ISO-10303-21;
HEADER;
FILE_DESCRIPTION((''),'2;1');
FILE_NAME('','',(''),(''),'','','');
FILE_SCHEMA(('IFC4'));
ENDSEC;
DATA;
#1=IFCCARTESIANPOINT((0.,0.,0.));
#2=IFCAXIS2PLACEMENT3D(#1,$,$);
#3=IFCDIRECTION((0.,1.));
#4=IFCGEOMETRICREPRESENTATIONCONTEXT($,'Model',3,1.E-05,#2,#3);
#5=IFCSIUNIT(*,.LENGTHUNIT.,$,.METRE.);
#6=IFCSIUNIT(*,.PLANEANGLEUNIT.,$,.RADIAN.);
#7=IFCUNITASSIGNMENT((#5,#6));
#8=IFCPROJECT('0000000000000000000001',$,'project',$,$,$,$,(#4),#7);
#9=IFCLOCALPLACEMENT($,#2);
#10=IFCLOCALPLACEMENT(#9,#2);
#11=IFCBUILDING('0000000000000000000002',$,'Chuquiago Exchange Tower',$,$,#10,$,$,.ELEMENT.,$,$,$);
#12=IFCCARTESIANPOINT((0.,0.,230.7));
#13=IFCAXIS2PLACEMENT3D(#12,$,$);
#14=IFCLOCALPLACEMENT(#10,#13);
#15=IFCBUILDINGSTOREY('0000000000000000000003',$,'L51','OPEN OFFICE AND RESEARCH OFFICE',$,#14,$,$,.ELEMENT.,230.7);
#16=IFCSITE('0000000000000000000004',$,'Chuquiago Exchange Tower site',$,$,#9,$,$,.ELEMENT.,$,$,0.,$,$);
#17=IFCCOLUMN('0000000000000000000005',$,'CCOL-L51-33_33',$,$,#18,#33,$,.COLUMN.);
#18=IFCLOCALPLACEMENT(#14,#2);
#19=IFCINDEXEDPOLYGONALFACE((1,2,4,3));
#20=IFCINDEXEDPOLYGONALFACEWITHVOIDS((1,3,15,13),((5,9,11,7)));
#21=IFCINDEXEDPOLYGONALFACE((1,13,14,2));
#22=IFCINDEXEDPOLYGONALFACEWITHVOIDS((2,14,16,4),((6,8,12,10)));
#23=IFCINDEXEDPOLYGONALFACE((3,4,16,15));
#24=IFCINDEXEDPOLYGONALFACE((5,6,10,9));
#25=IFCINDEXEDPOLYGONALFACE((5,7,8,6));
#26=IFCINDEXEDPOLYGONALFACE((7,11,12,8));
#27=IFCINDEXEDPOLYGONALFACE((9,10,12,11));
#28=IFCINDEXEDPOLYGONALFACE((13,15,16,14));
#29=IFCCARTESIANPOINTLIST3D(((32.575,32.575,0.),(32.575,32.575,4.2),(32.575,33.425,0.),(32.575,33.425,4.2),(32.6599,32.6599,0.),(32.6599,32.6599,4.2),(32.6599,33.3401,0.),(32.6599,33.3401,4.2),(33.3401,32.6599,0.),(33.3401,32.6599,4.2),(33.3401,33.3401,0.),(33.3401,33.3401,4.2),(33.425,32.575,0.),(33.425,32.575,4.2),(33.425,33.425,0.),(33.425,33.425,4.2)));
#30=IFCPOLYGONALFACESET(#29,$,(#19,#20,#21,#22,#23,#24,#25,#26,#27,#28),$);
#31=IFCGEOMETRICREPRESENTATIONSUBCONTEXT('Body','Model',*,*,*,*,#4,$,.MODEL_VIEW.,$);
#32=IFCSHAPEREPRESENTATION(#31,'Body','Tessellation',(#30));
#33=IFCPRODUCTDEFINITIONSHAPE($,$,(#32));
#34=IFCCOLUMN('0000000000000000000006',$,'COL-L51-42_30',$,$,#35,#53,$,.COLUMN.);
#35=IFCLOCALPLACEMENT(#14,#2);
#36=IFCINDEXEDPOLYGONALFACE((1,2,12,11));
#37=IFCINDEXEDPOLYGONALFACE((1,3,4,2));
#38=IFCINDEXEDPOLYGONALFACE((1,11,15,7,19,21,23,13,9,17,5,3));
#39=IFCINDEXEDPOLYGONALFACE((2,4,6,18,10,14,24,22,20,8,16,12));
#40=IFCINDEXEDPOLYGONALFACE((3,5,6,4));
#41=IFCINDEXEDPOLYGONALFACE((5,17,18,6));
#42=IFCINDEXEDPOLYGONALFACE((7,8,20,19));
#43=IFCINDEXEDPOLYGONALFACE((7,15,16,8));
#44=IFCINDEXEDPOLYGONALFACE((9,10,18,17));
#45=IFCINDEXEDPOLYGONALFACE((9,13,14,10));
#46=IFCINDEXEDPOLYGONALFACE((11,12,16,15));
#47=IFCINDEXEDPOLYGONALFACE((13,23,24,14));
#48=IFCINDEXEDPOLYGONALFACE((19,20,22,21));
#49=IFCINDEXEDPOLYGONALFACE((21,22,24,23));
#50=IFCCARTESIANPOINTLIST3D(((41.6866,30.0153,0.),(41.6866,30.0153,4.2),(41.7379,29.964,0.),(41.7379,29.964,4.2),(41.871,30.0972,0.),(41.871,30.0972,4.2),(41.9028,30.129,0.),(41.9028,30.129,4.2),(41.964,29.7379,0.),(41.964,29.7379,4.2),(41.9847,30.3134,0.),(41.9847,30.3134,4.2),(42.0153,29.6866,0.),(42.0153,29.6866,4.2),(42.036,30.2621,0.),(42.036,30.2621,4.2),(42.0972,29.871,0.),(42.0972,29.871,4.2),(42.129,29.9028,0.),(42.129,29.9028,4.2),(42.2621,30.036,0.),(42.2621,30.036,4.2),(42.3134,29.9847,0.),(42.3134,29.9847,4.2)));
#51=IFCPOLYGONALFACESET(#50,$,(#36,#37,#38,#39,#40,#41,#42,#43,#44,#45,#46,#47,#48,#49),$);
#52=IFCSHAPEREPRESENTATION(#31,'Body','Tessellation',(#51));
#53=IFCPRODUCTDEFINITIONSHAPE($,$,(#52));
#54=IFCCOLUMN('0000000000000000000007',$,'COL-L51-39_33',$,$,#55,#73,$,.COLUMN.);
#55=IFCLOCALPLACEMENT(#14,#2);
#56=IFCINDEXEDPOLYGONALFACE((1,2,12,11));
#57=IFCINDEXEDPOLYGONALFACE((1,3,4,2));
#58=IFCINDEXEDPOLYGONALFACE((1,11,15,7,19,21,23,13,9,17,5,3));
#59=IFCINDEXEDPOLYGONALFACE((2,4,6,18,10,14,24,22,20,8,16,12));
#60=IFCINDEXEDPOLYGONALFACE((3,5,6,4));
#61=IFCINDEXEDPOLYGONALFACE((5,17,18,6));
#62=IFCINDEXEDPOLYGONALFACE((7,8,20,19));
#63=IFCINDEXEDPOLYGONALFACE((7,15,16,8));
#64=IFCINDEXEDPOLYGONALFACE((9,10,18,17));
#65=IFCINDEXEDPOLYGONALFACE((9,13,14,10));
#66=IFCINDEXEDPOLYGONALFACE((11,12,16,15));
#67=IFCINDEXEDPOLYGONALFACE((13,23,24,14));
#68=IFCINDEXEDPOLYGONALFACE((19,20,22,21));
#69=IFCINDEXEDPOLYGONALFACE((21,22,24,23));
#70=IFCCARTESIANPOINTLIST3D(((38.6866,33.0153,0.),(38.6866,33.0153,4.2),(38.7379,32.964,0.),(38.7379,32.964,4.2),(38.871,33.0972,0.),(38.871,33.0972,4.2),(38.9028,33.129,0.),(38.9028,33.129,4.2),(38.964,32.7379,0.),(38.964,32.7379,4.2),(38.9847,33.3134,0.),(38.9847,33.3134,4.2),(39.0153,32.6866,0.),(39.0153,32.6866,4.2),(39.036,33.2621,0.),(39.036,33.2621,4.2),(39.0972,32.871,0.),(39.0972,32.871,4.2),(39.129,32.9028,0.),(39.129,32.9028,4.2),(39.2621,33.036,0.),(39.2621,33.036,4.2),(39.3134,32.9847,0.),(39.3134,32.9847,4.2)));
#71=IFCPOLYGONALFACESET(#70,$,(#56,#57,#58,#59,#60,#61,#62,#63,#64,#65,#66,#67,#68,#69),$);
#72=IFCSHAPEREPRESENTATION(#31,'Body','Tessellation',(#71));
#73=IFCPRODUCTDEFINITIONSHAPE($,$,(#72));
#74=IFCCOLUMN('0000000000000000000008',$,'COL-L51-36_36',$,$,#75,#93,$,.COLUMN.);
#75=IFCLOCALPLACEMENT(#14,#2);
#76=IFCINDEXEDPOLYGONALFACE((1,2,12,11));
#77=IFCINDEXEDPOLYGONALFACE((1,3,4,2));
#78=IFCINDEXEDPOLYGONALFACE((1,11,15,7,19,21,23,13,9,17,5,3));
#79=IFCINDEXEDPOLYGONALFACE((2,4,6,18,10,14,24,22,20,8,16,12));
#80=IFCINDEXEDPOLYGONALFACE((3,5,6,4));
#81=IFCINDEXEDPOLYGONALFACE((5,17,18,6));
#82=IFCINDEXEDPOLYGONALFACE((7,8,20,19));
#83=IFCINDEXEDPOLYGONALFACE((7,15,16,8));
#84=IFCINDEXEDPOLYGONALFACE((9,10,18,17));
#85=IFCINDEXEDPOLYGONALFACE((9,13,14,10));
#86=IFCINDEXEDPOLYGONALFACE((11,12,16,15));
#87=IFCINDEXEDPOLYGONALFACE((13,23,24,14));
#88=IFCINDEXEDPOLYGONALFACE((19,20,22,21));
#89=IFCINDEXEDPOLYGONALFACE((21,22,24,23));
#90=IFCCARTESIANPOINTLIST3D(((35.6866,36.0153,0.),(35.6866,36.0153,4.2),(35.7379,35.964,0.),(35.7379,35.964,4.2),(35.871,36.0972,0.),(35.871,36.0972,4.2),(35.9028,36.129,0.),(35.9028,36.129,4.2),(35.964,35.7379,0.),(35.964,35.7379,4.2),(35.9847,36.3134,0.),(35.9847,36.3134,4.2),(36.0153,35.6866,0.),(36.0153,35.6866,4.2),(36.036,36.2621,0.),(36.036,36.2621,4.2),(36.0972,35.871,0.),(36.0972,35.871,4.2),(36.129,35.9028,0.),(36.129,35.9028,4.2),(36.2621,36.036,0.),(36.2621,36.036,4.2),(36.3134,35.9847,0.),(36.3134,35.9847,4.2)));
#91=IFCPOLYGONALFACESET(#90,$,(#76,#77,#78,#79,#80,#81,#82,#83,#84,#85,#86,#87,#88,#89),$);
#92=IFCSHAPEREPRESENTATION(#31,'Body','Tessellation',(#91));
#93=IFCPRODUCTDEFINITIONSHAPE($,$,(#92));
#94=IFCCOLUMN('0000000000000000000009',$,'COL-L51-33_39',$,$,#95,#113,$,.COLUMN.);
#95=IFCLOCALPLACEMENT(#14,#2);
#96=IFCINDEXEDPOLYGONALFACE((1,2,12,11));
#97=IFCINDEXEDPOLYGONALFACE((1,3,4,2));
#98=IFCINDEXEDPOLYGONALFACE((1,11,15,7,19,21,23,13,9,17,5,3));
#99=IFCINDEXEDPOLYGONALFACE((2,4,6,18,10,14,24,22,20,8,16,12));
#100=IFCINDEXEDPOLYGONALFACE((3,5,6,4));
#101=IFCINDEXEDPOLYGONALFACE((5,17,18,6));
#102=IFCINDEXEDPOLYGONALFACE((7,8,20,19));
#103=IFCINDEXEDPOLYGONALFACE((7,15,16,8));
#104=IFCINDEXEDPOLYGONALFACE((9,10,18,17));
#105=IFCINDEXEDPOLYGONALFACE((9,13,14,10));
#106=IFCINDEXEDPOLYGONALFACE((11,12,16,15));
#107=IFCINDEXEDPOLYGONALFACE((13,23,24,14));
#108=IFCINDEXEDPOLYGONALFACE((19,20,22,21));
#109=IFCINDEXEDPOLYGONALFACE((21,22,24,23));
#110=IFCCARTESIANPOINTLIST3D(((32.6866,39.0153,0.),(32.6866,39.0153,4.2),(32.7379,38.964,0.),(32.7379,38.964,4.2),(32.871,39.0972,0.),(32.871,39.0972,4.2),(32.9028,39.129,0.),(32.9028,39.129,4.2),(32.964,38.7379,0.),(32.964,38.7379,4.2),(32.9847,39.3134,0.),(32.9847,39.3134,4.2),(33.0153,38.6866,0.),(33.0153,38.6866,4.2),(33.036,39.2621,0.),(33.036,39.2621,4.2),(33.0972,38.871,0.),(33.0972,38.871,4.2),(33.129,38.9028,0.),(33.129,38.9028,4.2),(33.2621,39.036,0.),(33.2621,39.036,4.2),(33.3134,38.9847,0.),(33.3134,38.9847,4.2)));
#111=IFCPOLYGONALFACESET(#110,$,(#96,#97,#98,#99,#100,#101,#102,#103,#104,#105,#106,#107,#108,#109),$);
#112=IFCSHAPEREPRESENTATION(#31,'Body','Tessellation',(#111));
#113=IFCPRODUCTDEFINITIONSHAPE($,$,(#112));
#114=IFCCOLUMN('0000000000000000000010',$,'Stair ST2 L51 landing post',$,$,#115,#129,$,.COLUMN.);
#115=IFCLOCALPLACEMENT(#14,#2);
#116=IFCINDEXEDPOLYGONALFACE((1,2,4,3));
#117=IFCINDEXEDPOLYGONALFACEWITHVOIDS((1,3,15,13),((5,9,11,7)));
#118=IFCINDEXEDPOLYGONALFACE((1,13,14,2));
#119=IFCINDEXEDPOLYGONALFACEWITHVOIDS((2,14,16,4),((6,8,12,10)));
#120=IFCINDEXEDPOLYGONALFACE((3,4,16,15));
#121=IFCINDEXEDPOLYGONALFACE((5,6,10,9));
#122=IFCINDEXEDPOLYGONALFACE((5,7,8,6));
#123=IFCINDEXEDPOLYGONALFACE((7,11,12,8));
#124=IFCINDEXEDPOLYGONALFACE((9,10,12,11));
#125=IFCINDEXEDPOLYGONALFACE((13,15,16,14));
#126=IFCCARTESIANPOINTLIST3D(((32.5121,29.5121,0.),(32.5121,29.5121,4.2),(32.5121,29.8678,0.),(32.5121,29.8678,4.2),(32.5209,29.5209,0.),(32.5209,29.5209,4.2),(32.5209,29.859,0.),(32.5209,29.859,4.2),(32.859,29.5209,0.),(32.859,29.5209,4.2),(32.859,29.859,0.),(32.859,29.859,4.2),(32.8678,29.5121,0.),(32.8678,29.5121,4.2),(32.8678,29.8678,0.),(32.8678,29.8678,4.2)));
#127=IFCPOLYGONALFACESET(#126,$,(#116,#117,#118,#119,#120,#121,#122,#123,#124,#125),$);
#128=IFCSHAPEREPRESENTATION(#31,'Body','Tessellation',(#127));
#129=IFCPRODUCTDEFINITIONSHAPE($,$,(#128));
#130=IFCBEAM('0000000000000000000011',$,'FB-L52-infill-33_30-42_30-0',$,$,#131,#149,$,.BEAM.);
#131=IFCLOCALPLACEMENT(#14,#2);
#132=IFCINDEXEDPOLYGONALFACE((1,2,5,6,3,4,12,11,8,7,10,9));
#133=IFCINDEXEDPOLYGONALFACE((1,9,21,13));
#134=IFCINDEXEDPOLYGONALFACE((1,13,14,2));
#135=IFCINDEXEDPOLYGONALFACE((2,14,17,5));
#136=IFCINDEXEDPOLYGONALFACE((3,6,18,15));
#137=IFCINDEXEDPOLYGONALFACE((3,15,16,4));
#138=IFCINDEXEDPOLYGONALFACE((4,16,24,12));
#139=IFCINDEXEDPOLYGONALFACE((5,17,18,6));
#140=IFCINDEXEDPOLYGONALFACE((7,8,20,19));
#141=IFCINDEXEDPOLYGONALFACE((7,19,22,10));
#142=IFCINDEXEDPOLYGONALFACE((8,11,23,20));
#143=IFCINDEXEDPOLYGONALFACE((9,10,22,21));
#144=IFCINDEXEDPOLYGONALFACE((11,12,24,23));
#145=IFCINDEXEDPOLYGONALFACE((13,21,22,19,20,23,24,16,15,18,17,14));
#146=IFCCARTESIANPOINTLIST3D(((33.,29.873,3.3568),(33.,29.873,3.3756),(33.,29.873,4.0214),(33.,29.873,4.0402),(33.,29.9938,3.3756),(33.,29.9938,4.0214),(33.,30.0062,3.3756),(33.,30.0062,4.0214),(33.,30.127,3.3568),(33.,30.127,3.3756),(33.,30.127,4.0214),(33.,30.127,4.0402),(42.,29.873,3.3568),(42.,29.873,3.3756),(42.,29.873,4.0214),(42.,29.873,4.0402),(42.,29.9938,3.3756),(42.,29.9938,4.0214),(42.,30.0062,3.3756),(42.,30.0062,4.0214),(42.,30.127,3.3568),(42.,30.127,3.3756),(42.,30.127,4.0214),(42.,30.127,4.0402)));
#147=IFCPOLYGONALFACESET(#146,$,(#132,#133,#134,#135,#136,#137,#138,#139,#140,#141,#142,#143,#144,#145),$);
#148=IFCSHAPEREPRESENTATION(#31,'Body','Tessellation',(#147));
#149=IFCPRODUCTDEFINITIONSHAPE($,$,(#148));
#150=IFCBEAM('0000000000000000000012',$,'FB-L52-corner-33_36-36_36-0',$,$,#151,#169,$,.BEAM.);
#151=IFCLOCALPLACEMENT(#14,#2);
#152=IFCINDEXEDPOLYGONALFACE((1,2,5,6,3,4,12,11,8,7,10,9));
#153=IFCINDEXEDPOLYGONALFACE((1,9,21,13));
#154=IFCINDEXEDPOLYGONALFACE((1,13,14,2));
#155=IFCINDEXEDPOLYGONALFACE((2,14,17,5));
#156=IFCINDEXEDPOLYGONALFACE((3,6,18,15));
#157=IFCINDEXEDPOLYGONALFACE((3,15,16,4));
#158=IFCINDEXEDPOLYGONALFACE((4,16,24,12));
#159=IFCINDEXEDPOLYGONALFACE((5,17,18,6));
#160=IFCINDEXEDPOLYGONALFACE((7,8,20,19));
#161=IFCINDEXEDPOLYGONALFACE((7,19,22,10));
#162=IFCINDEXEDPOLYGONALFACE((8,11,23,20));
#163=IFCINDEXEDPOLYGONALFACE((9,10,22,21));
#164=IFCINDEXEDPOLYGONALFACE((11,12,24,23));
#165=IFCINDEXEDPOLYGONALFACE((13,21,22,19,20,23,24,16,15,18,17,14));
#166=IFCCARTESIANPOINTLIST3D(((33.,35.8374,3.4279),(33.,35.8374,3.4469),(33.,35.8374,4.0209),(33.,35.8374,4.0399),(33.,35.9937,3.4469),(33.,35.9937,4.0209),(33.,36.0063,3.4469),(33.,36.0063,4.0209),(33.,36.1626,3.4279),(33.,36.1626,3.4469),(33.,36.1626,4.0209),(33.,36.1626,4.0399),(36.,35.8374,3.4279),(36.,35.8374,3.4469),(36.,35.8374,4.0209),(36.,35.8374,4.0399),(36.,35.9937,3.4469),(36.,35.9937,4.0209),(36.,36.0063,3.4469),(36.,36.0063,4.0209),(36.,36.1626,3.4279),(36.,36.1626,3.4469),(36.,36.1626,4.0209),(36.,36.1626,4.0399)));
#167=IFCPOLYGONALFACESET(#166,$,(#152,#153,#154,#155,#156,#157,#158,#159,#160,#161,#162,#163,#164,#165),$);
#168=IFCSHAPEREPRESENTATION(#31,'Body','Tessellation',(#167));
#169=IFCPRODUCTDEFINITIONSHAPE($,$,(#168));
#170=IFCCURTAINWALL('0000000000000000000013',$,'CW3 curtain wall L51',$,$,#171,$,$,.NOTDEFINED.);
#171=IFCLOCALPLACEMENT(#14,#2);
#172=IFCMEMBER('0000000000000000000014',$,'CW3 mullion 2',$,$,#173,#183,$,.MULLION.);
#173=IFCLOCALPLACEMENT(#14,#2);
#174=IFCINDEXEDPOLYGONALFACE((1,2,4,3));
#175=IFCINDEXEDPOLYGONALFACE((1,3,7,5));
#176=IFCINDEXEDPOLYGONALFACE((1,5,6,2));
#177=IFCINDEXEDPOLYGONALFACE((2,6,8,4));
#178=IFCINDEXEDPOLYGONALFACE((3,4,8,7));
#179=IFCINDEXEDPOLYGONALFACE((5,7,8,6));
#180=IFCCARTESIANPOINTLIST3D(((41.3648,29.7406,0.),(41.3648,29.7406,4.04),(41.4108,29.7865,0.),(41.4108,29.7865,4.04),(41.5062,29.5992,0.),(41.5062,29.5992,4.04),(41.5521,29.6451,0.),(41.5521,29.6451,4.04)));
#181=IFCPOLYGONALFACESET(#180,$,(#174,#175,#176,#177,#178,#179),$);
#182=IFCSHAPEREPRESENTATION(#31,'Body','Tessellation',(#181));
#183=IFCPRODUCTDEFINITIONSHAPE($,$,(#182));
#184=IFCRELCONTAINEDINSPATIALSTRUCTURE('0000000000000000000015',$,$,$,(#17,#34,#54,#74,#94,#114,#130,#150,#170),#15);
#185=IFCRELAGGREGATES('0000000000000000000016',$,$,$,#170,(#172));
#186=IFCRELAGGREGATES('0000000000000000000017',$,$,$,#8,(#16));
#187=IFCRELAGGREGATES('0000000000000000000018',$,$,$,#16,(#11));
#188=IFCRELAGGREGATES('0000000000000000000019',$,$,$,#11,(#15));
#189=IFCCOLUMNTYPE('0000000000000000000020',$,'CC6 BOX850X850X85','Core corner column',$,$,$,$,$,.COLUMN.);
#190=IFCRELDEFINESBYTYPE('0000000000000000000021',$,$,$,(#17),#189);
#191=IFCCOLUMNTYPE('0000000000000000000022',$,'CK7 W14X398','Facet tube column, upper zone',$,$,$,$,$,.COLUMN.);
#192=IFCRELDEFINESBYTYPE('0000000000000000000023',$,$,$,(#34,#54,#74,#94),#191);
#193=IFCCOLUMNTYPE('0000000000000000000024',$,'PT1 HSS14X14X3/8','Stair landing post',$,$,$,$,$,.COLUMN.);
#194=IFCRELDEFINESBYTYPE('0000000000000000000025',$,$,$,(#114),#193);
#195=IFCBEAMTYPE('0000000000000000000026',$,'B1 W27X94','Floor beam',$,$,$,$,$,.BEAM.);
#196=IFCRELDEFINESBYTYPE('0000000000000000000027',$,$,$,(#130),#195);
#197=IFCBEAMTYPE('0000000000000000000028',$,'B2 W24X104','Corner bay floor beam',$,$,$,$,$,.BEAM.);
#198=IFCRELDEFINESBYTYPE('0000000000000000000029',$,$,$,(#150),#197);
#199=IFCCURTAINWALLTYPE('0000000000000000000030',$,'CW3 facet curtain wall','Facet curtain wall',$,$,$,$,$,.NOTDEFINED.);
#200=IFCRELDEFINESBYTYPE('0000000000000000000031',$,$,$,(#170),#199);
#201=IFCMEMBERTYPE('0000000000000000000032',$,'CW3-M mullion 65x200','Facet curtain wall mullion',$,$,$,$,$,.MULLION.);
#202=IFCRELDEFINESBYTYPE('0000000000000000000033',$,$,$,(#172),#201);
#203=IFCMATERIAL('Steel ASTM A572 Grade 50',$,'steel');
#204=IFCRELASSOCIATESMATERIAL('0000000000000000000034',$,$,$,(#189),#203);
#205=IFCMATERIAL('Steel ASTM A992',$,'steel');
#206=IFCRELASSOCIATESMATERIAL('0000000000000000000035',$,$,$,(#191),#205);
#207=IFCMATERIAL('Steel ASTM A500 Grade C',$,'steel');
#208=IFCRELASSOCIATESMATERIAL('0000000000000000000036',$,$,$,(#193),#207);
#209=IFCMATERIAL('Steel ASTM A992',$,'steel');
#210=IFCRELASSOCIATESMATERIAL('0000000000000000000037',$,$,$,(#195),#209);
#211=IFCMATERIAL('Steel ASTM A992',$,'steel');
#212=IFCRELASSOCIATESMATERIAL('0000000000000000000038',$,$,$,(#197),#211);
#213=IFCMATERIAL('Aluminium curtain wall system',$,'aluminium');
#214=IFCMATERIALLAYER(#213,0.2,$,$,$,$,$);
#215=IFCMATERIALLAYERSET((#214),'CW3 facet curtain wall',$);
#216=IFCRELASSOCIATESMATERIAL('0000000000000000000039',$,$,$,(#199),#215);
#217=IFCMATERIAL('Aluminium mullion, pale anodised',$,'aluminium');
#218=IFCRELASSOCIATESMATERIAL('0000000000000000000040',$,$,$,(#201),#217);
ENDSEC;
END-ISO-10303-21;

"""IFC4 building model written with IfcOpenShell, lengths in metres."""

from ifc_helpers import new_model, si_unit, direction, frame, origin, origin_2d, place, context, subcontext, project, spatial, rectangle, hollow_rectangle, i_section, extrude, material, layer, layer_set, material_profile, profile_set, type_object, element, aggregate, save


model = new_model("IFC4")

# Units and contexts
model_context = context("Model", 3, precision=1e-05, world=origin(), true_north=direction((0.0, 1.0)))
body_context = subcontext(model_context, "Body", "Model", "MODEL_VIEW")
ifc_project = project(units=[si_unit("LENGTHUNIT", "METRE"), si_unit("PLANEANGLEUNIT", "RADIAN")], contexts=[model_context])

# Site, building, storey
site_placement = place(None, origin())
site = spatial("IfcSite", under=ifc_project, at=site_placement, Name="Chuquiago Exchange Tower site", CompositionType="ELEMENT", RefElevation=0.0)
building_placement = place(site_placement, origin())
building = spatial("IfcBuilding", under=site, at=building_placement, Name="Chuquiago Exchange Tower", CompositionType="ELEMENT")
storey_placement = place(building_placement, frame((0.0, 0.0, 230.7)))
storey = spatial("IfcBuildingStorey", under=building, at=storey_placement, Name="L51", Description="OPEN OFFICE AND RESEARCH OFFICE", CompositionType="ELEMENT", Elevation=230.7)

# Columns
ifc_material_1 = material(Name="Steel ASTM A572 Grade 50", Category="steel")
ifc_material_profile_1 = material_profile(ifc_material_1, hollow_rectangle(XDim=0.8501, YDim=0.8501, WallThickness=0.085, at=origin_2d()), Name="BOX850X850X85")
ifc_profile_set_1 = profile_set([ifc_material_profile_1], Name="Steel ASTM A572 Grade 50")
column_type_1 = type_object("IfcColumnType", Name="CC6 BOX850X850X85", Description="Core corner column", PredefinedType="COLUMN", material=ifc_profile_set_1)
column_1_placement = place(storey_placement, frame((33.0, 33.0, 0.0), z_axis=(0.0, 0.0, 1.0), x_axis=(1.0, 0.0, 0.0)))
element("IfcColumn", 1, at=column_1_placement, inside=storey, type_object=column_type_1, Name="CCOL-L51-33_33", PredefinedType="COLUMN", context=body_context, shape_type="SweptSolid", body=[
    extrude(hollow_rectangle(XDim=0.8501, YDim=0.8501, WallThickness=0.085, at=origin_2d()), origin(), (0.0, 0.0, 1.0), 4.2),
])
ifc_material_2 = material(Name="Steel ASTM A992", Category="steel")
ifc_material_profile_2 = material_profile(ifc_material_2, i_section(OverallWidth=0.4216, OverallDepth=0.4648, WebThickness=0.0449, FlangeThickness=0.0725, at=origin_2d()), Name="W14X398")
ifc_profile_set_2 = profile_set([ifc_material_profile_2], Name="Steel ASTM A992")
column_type_2 = type_object("IfcColumnType", Name="CK7 W14X398", Description="Facet tube column, upper zone", PredefinedType="COLUMN", material=ifc_profile_set_2)
for number, where, z_axis, x_axis, name in (
    (2, (42.0, 30.0, 0.0), (0.0, 0.0, 1.0), (0.707107, 0.707107, 0.0), "COL-L51-42_30"),
    (3, (39.0, 33.0, 0.0), (0.0, 0.0, 1.0), (0.707107, 0.707107, 0.0), "COL-L51-39_33"),
    (4, (36.0, 36.0, 0.0), (0.0, 0.0, 1.0), (0.707107, 0.707107, 0.0), "COL-L51-36_36"),
    (5, (33.0, 39.0, 0.0), (0.0, 0.0, 1.0), (0.707107, 0.707107, 0.0), "COL-L51-33_39"),
):
    element("IfcColumn", number, at=place(storey_placement, frame(where, z_axis=z_axis, x_axis=x_axis)), inside=storey, type_object=column_type_2, Name=name, PredefinedType="COLUMN", context=body_context, shape_type="SweptSolid", body=[
        extrude(i_section(OverallWidth=0.4216, OverallDepth=0.4648, WebThickness=0.0449, FlangeThickness=0.0725, at=origin_2d()), origin(), (0.0, 0.0, 1.0), 4.2),
    ])
ifc_material_3 = material(Name="Steel ASTM A500 Grade C", Category="steel")
ifc_material_profile_3 = material_profile(ifc_material_3, hollow_rectangle(XDim=0.3557, YDim=0.3557, WallThickness=0.0088, at=origin_2d()), Name="HSS14X14X3/8")
ifc_profile_set_3 = profile_set([ifc_material_profile_3], Name="Steel ASTM A500 Grade C")
column_type_3 = type_object("IfcColumnType", Name="PT1 HSS14X14X3/8", Description="Stair landing post", PredefinedType="COLUMN", material=ifc_profile_set_3)
column_2_placement = place(storey_placement, frame((32.6899, 29.6899, 0.0), z_axis=(0.0, 0.0, 1.0), x_axis=(1.0, 0.0, 0.0)))
element("IfcColumn", 6, at=column_2_placement, inside=storey, type_object=column_type_3, Name="Stair ST2 L51 landing post", PredefinedType="COLUMN", context=body_context, shape_type="SweptSolid", body=[
    extrude(hollow_rectangle(XDim=0.3557, YDim=0.3557, WallThickness=0.0088, at=origin_2d()), origin(), (0.0, 0.0, 1.0), 4.2),
])

# Beams
ifc_material_4 = material(Name="Steel ASTM A992", Category="steel")
ifc_material_profile_4 = material_profile(ifc_material_4, i_section(OverallWidth=0.2539, OverallDepth=0.6833, WebThickness=0.0125, FlangeThickness=0.0188, at=origin_2d()), Name="W27X94")
ifc_profile_set_4 = profile_set([ifc_material_profile_4], Name="Steel ASTM A992")
beam_type_1 = type_object("IfcBeamType", Name="B1 W27X94", Description="Floor beam", PredefinedType="BEAM", material=ifc_profile_set_4)
beam_1_placement = place(storey_placement, frame((33.0, 30.0, 3.6985), z_axis=(1.0, 0.0, 0.0), x_axis=(0.0, 1.0, 0.0)))
element("IfcBeam", 7, at=beam_1_placement, inside=storey, type_object=beam_type_1, Name="FB-L52-infill-33_30-42_30-0", PredefinedType="BEAM", context=body_context, shape_type="SweptSolid", body=[
    extrude(i_section(OverallWidth=0.2539, OverallDepth=0.6833, WebThickness=0.0125, FlangeThickness=0.0188, at=origin_2d()), origin(), (0.0, 0.0, 1.0), 9.0),
])
ifc_material_5 = material(Name="Steel ASTM A992", Category="steel")
ifc_material_profile_5 = material_profile(ifc_material_5, i_section(OverallWidth=0.3252, OverallDepth=0.6121, WebThickness=0.0127, FlangeThickness=0.019, at=origin_2d()), Name="W24X104")
ifc_profile_set_5 = profile_set([ifc_material_profile_5], Name="Steel ASTM A992")
beam_type_2 = type_object("IfcBeamType", Name="B2 W24X104", Description="Corner bay floor beam", PredefinedType="BEAM", material=ifc_profile_set_5)
beam_2_placement = place(storey_placement, frame((33.0, 36.0, 3.7339), z_axis=(1.0, 0.0, 0.0), x_axis=(0.0, 1.0, 0.0)))
element("IfcBeam", 8, at=beam_2_placement, inside=storey, type_object=beam_type_2, Name="FB-L52-corner-33_36-36_36-0", PredefinedType="BEAM", context=body_context, shape_type="SweptSolid", body=[
    extrude(i_section(OverallWidth=0.3252, OverallDepth=0.6121, WebThickness=0.0127, FlangeThickness=0.019, at=origin_2d()), origin(), (0.0, 0.0, 1.0), 3.0),
])

# Curtain wall, member
ifc_material_6 = material(Name="Aluminium curtain wall system", Category="aluminium")
ifc_layer_1 = layer(ifc_material_6, 0.2)
ifc_layer_set_1 = layer_set([ifc_layer_1], Name="CW3 facet curtain wall")
curtain_wall_type = type_object("IfcCurtainWallType", Name="CW3 facet curtain wall", Description="Facet curtain wall", PredefinedType="NOTDEFINED", material=ifc_layer_set_1)
curtain_wall_placement = place(storey_placement, origin())
curtain_wall = element("IfcCurtainWall", 9, at=curtain_wall_placement, inside=storey, type_object=curtain_wall_type, Name="CW3 curtain wall L51", PredefinedType="NOTDEFINED")
ifc_material_7 = material(Name="Aluminium mullion, pale anodised", Category="aluminium")
ifc_material_profile_6 = material_profile(ifc_material_7, rectangle(XDim=0.0649, YDim=0.2, at=origin_2d()), Name="AL 65x200")
ifc_profile_set_6 = profile_set([ifc_material_profile_6], Name="Aluminium mullion, pale anodised")
member_type_1 = type_object("IfcMemberType", Name="CW3-M mullion 65x200", Description="Facet curtain wall mullion", PredefinedType="MULLION", material=ifc_profile_set_6)
member_1_placement = place(storey_placement, frame((41.4585, 29.6929, 0.0), z_axis=(0.0, 0.0, 1.0), x_axis=(-0.707107, -0.707107, 0.0)))
member_1 = element("IfcMember", 10, at=member_1_placement, type_object=member_type_1, Name="CW3 mullion 2", PredefinedType="MULLION", context=body_context, shape_type="SweptSolid", body=[
    extrude(rectangle(XDim=0.0649, YDim=0.2, at=origin_2d()), origin(), (0.0, 0.0, 1.0), 4.04),
])

aggregate(curtain_wall, [member_1])

save(model, "model.ifc")
